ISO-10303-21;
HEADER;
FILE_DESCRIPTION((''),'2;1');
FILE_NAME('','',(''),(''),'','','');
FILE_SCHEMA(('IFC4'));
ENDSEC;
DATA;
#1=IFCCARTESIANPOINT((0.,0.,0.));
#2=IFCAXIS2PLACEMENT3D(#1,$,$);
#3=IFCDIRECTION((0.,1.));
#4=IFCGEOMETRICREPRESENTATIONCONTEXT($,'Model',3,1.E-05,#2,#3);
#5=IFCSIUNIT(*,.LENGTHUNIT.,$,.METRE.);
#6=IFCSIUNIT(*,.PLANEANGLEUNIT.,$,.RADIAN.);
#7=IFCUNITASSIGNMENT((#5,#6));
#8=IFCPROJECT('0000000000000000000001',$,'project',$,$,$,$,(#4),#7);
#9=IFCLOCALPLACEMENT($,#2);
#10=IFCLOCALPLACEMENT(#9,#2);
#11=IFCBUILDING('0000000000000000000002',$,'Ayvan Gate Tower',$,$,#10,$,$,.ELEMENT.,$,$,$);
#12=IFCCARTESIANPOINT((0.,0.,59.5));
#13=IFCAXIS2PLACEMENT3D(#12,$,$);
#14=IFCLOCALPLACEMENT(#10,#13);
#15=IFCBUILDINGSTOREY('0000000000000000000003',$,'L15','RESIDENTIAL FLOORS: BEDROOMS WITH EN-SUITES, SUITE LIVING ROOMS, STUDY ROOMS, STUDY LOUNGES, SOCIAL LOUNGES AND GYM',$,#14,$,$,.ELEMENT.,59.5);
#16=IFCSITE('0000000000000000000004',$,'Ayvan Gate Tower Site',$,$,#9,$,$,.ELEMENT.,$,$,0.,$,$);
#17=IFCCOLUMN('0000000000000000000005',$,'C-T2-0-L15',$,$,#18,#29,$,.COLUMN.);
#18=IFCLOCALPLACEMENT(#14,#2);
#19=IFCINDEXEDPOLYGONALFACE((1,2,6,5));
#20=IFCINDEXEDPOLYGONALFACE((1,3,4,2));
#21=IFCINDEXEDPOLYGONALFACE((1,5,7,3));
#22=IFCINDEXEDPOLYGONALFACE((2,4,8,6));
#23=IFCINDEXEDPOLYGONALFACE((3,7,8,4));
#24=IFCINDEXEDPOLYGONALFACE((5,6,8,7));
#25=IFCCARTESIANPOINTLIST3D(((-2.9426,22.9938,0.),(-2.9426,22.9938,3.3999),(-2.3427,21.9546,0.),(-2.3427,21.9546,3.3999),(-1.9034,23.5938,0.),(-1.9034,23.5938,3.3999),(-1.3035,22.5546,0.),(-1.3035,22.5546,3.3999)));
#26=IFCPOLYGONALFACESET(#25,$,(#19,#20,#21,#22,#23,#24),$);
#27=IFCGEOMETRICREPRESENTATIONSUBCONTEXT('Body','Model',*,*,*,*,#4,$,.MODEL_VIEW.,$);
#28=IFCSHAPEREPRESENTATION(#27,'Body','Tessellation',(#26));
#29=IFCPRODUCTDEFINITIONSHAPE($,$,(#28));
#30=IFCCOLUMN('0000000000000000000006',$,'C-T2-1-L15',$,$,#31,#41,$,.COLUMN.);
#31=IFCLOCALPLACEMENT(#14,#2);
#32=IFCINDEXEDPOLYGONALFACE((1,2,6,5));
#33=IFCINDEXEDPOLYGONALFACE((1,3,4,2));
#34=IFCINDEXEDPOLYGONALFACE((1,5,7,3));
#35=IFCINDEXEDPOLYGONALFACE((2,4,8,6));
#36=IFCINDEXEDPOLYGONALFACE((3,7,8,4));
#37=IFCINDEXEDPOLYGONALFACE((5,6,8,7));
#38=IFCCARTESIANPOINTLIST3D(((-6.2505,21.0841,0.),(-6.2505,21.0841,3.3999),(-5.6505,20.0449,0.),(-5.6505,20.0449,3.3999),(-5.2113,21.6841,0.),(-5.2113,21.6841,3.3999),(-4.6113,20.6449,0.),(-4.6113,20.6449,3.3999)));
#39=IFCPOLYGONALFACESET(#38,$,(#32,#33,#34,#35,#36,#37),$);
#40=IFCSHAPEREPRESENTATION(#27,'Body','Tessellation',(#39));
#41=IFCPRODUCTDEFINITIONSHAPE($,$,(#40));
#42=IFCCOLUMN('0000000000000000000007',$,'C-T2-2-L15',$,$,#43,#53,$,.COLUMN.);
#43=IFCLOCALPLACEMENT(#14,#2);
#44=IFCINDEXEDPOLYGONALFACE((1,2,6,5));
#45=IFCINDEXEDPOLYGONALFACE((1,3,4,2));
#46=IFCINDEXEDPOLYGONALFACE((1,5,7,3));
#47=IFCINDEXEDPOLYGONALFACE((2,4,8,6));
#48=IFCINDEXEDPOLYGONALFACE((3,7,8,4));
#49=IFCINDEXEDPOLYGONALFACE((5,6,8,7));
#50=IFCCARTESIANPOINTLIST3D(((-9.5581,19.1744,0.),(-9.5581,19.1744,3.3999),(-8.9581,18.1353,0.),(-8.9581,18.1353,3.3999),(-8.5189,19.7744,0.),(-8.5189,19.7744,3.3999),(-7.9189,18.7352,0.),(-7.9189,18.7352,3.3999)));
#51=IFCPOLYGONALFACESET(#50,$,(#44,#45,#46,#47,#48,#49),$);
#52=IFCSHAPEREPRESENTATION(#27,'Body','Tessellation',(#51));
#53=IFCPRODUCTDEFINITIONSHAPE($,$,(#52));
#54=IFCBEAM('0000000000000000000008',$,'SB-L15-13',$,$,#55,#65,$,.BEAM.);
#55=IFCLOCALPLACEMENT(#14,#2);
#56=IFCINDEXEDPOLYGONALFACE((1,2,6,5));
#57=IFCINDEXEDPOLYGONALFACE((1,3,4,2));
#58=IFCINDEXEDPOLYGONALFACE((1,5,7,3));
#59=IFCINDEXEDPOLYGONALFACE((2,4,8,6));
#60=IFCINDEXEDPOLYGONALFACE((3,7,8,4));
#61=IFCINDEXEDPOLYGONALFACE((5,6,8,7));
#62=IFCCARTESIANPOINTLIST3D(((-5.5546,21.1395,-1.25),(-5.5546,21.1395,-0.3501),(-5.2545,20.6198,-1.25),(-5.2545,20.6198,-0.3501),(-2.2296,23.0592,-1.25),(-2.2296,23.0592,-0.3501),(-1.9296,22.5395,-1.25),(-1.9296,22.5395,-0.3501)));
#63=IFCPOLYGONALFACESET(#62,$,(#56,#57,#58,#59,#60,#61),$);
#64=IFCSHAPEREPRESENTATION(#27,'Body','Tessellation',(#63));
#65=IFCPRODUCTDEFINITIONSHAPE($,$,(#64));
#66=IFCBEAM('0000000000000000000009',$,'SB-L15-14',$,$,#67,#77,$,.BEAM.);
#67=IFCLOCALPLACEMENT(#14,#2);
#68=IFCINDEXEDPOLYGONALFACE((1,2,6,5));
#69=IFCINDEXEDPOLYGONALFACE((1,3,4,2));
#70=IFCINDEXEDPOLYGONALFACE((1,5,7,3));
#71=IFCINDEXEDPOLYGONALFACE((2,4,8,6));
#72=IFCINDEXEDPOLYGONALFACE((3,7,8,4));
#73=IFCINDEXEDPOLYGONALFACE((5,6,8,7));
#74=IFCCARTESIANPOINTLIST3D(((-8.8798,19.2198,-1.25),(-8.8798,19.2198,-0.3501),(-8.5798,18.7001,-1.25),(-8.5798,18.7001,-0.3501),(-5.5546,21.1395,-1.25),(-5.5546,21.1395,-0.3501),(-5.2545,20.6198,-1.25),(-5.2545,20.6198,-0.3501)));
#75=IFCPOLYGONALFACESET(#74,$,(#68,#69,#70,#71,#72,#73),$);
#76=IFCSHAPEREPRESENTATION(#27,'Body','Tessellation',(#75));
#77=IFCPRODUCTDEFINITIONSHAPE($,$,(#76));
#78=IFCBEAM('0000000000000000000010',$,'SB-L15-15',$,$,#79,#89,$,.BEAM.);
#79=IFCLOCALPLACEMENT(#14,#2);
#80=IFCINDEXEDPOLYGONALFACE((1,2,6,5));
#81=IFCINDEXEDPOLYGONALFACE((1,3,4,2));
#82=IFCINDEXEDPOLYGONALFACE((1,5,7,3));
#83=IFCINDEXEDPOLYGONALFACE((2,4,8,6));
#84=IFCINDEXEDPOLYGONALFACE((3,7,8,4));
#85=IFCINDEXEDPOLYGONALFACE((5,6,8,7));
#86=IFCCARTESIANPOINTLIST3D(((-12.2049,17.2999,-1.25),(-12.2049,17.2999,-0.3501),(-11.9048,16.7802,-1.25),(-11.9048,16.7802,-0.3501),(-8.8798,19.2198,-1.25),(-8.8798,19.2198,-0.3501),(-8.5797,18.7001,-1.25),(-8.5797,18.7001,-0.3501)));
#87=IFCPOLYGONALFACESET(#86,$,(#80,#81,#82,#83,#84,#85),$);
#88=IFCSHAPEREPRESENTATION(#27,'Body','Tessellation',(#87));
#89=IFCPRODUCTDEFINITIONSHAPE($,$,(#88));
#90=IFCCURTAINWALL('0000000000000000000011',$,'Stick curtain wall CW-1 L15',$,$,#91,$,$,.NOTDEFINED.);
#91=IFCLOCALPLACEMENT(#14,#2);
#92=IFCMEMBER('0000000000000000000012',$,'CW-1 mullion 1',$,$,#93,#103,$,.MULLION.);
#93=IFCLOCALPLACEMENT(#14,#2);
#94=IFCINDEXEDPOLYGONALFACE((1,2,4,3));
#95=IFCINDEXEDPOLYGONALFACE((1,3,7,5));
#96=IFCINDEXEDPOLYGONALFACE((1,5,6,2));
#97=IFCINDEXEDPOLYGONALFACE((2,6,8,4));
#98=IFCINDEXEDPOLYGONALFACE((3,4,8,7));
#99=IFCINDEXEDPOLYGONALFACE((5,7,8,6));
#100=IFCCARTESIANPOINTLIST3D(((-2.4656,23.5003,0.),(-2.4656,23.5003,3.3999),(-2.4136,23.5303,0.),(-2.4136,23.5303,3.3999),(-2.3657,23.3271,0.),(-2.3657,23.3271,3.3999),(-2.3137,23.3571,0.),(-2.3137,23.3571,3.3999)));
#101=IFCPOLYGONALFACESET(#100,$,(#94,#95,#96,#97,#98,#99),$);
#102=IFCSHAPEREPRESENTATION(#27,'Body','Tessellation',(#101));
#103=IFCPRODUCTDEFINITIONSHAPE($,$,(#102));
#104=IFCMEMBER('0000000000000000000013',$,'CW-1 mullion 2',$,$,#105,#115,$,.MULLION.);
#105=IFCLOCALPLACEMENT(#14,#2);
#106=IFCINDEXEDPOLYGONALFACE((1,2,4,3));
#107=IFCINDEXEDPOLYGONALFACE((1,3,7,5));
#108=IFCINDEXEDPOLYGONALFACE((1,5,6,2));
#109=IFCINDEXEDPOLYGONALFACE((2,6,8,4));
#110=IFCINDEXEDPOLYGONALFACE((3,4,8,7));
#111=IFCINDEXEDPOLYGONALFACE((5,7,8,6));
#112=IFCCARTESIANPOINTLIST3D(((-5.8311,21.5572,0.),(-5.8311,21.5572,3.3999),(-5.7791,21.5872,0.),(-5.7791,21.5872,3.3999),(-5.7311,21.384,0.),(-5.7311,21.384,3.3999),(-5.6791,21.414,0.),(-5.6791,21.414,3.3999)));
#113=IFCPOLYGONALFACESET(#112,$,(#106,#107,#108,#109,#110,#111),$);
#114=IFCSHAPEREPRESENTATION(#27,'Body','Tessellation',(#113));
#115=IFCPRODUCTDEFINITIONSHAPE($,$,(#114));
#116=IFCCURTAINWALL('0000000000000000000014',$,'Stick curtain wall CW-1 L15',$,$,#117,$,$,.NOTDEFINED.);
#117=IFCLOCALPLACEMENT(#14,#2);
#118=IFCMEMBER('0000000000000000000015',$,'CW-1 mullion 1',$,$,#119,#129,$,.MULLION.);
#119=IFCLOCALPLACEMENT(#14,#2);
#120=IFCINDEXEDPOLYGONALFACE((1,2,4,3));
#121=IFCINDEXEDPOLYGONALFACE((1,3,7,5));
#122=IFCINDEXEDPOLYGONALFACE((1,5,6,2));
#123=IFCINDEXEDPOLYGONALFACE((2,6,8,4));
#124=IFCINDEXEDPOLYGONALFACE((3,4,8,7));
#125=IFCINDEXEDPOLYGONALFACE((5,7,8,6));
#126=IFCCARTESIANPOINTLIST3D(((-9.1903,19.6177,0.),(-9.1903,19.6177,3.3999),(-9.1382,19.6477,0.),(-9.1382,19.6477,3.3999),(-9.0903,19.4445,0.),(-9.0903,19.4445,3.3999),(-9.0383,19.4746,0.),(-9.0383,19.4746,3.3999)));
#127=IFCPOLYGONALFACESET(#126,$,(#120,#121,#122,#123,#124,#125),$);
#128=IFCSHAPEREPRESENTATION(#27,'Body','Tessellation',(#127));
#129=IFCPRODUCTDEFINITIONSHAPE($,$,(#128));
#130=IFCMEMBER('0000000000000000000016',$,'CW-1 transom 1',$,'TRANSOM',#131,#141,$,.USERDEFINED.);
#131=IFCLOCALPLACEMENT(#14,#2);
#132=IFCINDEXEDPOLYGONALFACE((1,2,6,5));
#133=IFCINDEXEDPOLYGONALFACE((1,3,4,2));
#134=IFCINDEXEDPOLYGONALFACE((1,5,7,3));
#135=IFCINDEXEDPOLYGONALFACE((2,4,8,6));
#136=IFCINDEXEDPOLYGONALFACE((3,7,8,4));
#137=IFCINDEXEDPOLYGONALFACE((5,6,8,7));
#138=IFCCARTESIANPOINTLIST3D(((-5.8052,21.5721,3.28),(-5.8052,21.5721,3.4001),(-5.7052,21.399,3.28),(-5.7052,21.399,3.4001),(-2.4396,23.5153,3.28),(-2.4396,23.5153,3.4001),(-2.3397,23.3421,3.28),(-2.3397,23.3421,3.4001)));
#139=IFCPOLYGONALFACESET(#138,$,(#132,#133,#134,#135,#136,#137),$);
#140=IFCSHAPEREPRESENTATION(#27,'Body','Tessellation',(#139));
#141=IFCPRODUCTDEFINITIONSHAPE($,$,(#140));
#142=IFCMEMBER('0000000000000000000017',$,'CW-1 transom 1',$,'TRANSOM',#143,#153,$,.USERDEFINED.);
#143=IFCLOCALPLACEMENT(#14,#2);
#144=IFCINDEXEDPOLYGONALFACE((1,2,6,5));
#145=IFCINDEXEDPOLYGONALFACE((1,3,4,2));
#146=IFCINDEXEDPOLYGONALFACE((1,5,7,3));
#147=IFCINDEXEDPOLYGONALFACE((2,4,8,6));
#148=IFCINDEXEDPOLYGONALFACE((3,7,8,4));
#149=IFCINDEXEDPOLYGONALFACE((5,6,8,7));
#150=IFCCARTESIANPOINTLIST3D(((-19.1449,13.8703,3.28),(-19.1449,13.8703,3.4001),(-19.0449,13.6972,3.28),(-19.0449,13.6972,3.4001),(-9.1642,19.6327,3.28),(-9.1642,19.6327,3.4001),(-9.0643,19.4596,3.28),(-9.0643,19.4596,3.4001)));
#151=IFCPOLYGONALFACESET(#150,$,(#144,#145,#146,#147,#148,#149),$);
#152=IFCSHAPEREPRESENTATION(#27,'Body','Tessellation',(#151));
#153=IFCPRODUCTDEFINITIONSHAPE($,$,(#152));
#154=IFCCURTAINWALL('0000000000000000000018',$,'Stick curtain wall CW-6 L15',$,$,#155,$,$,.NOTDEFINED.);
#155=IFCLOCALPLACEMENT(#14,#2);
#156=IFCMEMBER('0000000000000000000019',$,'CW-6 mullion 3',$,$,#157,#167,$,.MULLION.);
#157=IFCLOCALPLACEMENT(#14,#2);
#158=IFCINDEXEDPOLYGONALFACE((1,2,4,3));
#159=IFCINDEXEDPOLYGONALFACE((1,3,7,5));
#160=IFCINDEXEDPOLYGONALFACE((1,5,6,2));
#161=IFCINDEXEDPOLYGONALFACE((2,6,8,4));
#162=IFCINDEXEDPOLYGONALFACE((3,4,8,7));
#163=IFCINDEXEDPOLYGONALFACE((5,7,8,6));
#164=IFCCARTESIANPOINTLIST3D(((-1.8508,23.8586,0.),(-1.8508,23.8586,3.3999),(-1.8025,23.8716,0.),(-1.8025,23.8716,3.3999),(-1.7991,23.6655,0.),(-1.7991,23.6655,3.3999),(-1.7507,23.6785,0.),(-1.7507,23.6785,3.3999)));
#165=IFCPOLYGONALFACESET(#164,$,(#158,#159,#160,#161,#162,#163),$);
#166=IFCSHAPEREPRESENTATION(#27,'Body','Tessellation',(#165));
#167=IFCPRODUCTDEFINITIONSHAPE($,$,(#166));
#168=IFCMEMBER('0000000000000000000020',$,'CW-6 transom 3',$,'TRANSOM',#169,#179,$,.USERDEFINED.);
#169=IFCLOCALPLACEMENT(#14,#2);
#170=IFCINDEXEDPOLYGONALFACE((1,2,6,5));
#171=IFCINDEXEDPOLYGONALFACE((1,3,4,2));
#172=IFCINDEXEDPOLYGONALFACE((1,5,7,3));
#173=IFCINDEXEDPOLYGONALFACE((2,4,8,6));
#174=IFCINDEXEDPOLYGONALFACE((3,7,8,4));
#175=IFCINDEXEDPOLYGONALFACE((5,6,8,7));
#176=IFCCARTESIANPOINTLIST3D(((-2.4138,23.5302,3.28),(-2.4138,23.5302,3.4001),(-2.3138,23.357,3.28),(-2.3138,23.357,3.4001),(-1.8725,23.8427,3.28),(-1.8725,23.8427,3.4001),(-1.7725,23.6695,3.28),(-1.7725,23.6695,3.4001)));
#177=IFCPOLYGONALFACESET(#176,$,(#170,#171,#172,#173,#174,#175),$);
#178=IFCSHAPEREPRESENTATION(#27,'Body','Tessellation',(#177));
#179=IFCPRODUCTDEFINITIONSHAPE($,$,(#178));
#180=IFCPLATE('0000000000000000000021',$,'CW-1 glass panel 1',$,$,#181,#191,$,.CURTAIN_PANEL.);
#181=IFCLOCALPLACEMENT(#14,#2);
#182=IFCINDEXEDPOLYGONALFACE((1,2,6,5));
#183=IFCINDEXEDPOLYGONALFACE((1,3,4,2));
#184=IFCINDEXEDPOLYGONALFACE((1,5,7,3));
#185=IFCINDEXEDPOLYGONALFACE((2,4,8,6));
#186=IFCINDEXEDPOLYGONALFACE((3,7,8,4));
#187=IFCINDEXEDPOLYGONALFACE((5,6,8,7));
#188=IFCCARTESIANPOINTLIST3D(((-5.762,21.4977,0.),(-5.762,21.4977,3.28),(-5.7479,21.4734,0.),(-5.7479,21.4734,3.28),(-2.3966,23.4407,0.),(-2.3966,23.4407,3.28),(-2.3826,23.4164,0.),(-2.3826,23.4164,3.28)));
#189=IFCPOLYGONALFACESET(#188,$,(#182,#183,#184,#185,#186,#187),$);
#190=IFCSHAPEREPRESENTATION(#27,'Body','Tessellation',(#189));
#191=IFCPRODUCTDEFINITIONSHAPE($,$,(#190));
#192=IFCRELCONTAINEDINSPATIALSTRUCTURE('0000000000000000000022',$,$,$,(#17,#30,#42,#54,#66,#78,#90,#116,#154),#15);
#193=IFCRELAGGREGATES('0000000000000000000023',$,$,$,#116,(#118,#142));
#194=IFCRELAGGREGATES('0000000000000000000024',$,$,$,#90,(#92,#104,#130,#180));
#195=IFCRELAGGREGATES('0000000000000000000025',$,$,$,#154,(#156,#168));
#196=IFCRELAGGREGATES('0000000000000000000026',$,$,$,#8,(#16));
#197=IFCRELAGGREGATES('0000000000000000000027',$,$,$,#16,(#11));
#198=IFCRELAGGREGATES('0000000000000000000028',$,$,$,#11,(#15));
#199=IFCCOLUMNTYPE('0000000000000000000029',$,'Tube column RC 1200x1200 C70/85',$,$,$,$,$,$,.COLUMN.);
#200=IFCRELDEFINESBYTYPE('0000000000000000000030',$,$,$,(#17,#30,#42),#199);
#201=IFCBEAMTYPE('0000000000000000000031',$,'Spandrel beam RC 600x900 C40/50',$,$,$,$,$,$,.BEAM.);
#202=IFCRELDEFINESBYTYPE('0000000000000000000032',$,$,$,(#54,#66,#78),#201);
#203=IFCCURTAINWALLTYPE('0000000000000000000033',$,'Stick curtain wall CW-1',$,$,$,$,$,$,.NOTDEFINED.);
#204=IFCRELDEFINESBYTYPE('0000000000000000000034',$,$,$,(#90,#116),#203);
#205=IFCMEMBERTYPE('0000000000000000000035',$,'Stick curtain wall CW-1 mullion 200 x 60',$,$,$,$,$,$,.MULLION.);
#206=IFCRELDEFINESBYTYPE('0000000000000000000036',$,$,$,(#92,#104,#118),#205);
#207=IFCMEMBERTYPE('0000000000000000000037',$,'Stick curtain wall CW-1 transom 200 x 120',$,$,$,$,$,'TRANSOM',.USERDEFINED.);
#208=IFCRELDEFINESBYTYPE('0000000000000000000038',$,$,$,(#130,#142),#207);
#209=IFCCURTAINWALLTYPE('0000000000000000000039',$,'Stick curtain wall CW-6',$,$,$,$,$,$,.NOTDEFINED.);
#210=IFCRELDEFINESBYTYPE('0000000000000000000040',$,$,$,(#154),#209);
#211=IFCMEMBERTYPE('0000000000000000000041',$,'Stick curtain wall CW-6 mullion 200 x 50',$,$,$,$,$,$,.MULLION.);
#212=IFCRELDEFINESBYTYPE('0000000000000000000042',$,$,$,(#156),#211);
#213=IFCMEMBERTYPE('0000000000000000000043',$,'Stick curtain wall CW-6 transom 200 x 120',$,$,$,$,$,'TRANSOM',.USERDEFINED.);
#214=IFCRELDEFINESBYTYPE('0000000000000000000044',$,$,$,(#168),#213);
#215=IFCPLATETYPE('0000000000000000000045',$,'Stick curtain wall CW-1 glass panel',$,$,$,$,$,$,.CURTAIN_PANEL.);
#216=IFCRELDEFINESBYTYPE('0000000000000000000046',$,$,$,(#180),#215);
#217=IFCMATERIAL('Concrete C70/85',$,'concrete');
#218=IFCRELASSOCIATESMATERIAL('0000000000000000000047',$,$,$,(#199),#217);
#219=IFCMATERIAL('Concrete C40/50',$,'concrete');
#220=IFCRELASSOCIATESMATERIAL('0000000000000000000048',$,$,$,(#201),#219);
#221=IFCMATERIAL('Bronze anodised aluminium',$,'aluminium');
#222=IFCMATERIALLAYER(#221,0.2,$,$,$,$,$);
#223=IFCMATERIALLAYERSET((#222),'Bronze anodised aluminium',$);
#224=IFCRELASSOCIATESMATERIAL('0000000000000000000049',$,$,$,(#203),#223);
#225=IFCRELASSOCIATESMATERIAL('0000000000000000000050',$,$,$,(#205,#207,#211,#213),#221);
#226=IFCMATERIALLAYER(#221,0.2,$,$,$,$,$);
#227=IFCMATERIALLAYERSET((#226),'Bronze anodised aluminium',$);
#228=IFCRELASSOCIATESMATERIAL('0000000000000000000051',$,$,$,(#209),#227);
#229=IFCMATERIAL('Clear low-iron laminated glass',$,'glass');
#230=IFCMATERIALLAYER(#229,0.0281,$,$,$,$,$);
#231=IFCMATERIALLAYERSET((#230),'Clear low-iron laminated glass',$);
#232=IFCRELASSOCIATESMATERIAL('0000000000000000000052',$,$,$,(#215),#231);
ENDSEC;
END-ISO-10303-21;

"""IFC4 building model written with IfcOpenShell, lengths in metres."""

from ifc_helpers import new_model, si_unit, direction, frame, origin, origin_2d, place, context, subcontext, project, spatial, rectangle, extrude, material, layer, layer_set, material_profile, profile_set, type_object, element, aggregate, save


model = new_model("IFC4")

# Units and contexts
model_context = context("Model", 3, precision=1e-05, world=origin(), true_north=direction((0.0, 1.0)))
body_context = subcontext(model_context, "Body", "Model", "MODEL_VIEW")
ifc_project = project(units=[si_unit("LENGTHUNIT", "METRE"), si_unit("PLANEANGLEUNIT", "RADIAN")], contexts=[model_context])

# Site, building, storey
site_placement = place(None, origin())
site = spatial("IfcSite", under=ifc_project, at=site_placement, Name="Ayvan Gate Tower Site", CompositionType="ELEMENT", RefElevation=0.0)
building_placement = place(site_placement, origin())
building = spatial("IfcBuilding", under=site, at=building_placement, Name="Ayvan Gate Tower", CompositionType="ELEMENT")
storey_placement = place(building_placement, frame((0.0, 0.0, 59.5)))
storey = spatial("IfcBuildingStorey", under=building, at=storey_placement, Name="L15", Description="RESIDENTIAL FLOORS: BEDROOMS WITH EN-SUITES, SUITE LIVING ROOMS, STUDY ROOMS, STUDY LOUNGES, SOCIAL LOUNGES AND GYM", CompositionType="ELEMENT", Elevation=59.5)

# Columns
ifc_material_1 = material(Name="Concrete C70/85", Category="concrete")
ifc_material_profile_1 = material_profile(ifc_material_1, rectangle(XDim=1.2, YDim=1.2, at=origin_2d()), Name="RC 1200x1200")
ifc_profile_set_1 = profile_set([ifc_material_profile_1], Name="Concrete C70/85")
column_type = type_object("IfcColumnType", Name="Tube column RC 1200x1200 C70/85", PredefinedType="COLUMN", material=ifc_profile_set_1)
for number, where, z_axis, x_axis, name in (
    (1, (-2.123, 22.7742, 0.0), (0.0, 0.0, 1.0), (-0.5, 0.866025, 0.0), "C-T2-0-L15"),
    (2, (-5.4309, 20.8645, 0.0), (0.0, 0.0, 1.0), (-0.5, 0.866025, 0.0), "C-T2-1-L15"),
    (3, (-8.7385, 18.9548, 0.0), (0.0, 0.0, 1.0), (-0.5, 0.866025, 0.0), "C-T2-2-L15"),
):
    element("IfcColumn", number, at=place(storey_placement, frame(where, z_axis=z_axis, x_axis=x_axis)), inside=storey, type_object=column_type, Name=name, PredefinedType="COLUMN", context=body_context, shape_type="SweptSolid", body=[
        extrude(rectangle(XDim=1.2, YDim=1.2, at=origin_2d()), origin(), (0.0, 0.0, 1.0), 3.3999),
    ])

# Beams
ifc_material_2 = material(Name="Concrete C40/50", Category="concrete")
ifc_material_profile_2 = material_profile(ifc_material_2, rectangle(XDim=0.6001, YDim=0.8999, at=origin_2d()), Name="RC 600x900")
ifc_profile_set_2 = profile_set([ifc_material_profile_2], Name="Concrete C40/50")
beam_type = type_object("IfcBeamType", Name="Spandrel beam RC 600x900 C40/50", PredefinedType="BEAM", material=ifc_profile_set_2)
beam_placement = place(storey_placement, frame((-2.0796, 22.7993, -0.8), z_axis=(-0.866024, -0.500003, 0.0), x_axis=(0.500003, -0.866024, 0.0)))
element("IfcBeam", 4, at=beam_placement, inside=storey, type_object=beam_type, Name="SB-L15-13", PredefinedType="BEAM", context=body_context, shape_type="SweptSolid", body=[
    extrude(rectangle(XDim=0.6001, YDim=0.8999, at=origin_2d()), origin(), (0.0, 0.0, 1.0), 3.8394),
])
for number, where, z_axis, x_axis, name in (
    (5, (-5.4045, 20.8796, -0.8), (-0.866039, -0.499976, 0.0), (0.499976, -0.866039, 0.0), "SB-L15-14"),
    (6, (-8.7297, 18.96, -0.8), (-0.866012, -0.500023, 0.0), (0.500023, -0.866012, 0.0), "SB-L15-15"),
):
    element("IfcBeam", number, at=place(storey_placement, frame(where, z_axis=z_axis, x_axis=x_axis)), inside=storey, type_object=beam_type, Name=name, PredefinedType="BEAM", context=body_context, shape_type="SweptSolid", body=[
        extrude(rectangle(XDim=0.6001, YDim=0.8999, at=origin_2d()), origin(), (0.0, 0.0, 1.0), 3.8396),
    ])

# Curtain wall, members
ifc_material_3 = material(Name="Bronze anodised aluminium", Category="aluminium")
ifc_layer_1 = layer(ifc_material_3, 0.2)
ifc_layer_set_1 = layer_set([ifc_layer_1], Name="Bronze anodised aluminium")
curtain_wall_type_1 = type_object("IfcCurtainWallType", Name="Stick curtain wall CW-1", PredefinedType="NOTDEFINED", material=ifc_layer_set_1)
curtain_wall_1_placement = place(storey_placement, origin())
curtain_wall_1 = element("IfcCurtainWall", 7, at=curtain_wall_1_placement, inside=storey, type_object=curtain_wall_type_1, Name="Stick curtain wall CW-1 L15", PredefinedType="NOTDEFINED")
ifc_material_profile_3 = material_profile(ifc_material_3, rectangle(XDim=0.2, YDim=0.0601, at=origin_2d()), Name="Stick curtain wall CW-1 mullion 200 x 60")
ifc_profile_set_3 = profile_set([ifc_material_profile_3], Name="Bronze anodised aluminium")
member_type_1 = type_object("IfcMemberType", Name="Stick curtain wall CW-1 mullion 200 x 60", PredefinedType="MULLION", material=ifc_profile_set_3)
member_1_placement = place(storey_placement, frame((-2.3896, 23.4287, 0.0), z_axis=(0.0, 0.0, 1.0), x_axis=(-0.5, 0.866025, 0.0)))
member_1 = element("IfcMember", 8, at=member_1_placement, type_object=member_type_1, Name="CW-1 mullion 1", PredefinedType="MULLION", context=body_context, shape_type="SweptSolid", body=[
    extrude(rectangle(XDim=0.2, YDim=0.0601, at=origin_2d()), origin(), (0.0, 0.0, 1.0), 3.3999),
])
member_2_placement = place(storey_placement, frame((-5.7551, 21.4856, 0.0), z_axis=(0.0, 0.0, 1.0), x_axis=(-0.5, 0.866025, 0.0)))
member_2 = element("IfcMember", 9, at=member_2_placement, type_object=member_type_1, Name="CW-1 mullion 2", PredefinedType="MULLION", context=body_context, shape_type="SweptSolid", body=[
    extrude(rectangle(XDim=0.2, YDim=0.0601, at=origin_2d()), origin(), (0.0, 0.0, 1.0), 3.3999),
])

# Curtain wall, member
curtain_wall_2_placement = place(storey_placement, origin())
curtain_wall_2 = element("IfcCurtainWall", 10, at=curtain_wall_2_placement, inside=storey, type_object=curtain_wall_type_1, Name="Stick curtain wall CW-1 L15", PredefinedType="NOTDEFINED")
member_3_placement = place(storey_placement, frame((-9.1143, 19.5461, 0.0), z_axis=(0.0, 0.0, 1.0), x_axis=(-0.5, 0.866025, 0.0)))
member_3 = element("IfcMember", 11, at=member_3_placement, type_object=member_type_1, Name="CW-1 mullion 1", PredefinedType="MULLION", context=body_context, shape_type="SweptSolid", body=[
    extrude(rectangle(XDim=0.2, YDim=0.0601, at=origin_2d()), origin(), (0.0, 0.0, 1.0), 3.3999),
])

# Members
ifc_material_profile_4 = material_profile(ifc_material_3, rectangle(XDim=0.2, YDim=0.1201, at=origin_2d()), Name="Stick curtain wall CW-1 transom 200 x 120")
ifc_profile_set_4 = profile_set([ifc_material_profile_4], Name="Bronze anodised aluminium")
member_type_2 = type_object("IfcMemberType", Name="Stick curtain wall CW-1 transom 200 x 120", ElementType="TRANSOM", PredefinedType="USERDEFINED", material=ifc_profile_set_4)
member_4_placement = place(storey_placement, frame((-2.3896, 23.4287, 3.3401), z_axis=(-0.866019, -0.500011, 0.0), x_axis=(0.500011, -0.866019, 0.0)))
member_4 = element("IfcMember", 12, at=member_4_placement, type_object=member_type_2, Name="CW-1 transom 1", ObjectType="TRANSOM", PredefinedType="USERDEFINED", context=body_context, shape_type="SweptSolid", body=[
    extrude(rectangle(XDim=0.2, YDim=0.1201, at=origin_2d()), origin(), (0.0, 0.0, 1.0), 3.8862),
])
member_5_placement = place(storey_placement, frame((-9.1143, 19.5461, 3.3401), z_axis=(-0.866022, -0.500005, 0.0), x_axis=(0.500005, -0.866022, 0.0)))
member_5 = element("IfcMember", 13, at=member_5_placement, type_object=member_type_2, Name="CW-1 transom 1", ObjectType="TRANSOM", PredefinedType="USERDEFINED", context=body_context, shape_type="SweptSolid", body=[
    extrude(rectangle(XDim=0.2, YDim=0.1201, at=origin_2d()), origin(), (0.0, 0.0, 1.0), 11.5247),
])
aggregate(curtain_wall_2, [member_3, member_5])

# Curtain wall, members
ifc_layer_2 = layer(ifc_material_3, 0.2)
ifc_layer_set_2 = layer_set([ifc_layer_2], Name="Bronze anodised aluminium")
curtain_wall_type_2 = type_object("IfcCurtainWallType", Name="Stick curtain wall CW-6", PredefinedType="NOTDEFINED", material=ifc_layer_set_2)
curtain_wall_3_placement = place(storey_placement, origin())
curtain_wall_3 = element("IfcCurtainWall", 14, at=curtain_wall_3_placement, inside=storey, type_object=curtain_wall_type_2, Name="Stick curtain wall CW-6 L15", PredefinedType="NOTDEFINED")
ifc_material_profile_5 = material_profile(ifc_material_3, rectangle(XDim=0.2, YDim=0.05, at=origin_2d()), Name="Stick curtain wall CW-6 mullion 200 x 50")
ifc_profile_set_5 = profile_set([ifc_material_profile_5], Name="Bronze anodised aluminium")
member_type_3 = type_object("IfcMemberType", Name="Stick curtain wall CW-6 mullion 200 x 50", PredefinedType="MULLION", material=ifc_profile_set_5)
member_6_placement = place(storey_placement, frame((-1.8008, 23.7686, 0.0), z_axis=(0.0, 0.0, 1.0), x_axis=(-0.258819, 0.965926, 0.0)))
member_6 = element("IfcMember", 15, at=member_6_placement, type_object=member_type_3, Name="CW-6 mullion 3", PredefinedType="MULLION", context=body_context, shape_type="SweptSolid", body=[
    extrude(rectangle(XDim=0.2, YDim=0.05, at=origin_2d()), origin(), (0.0, 0.0, 1.0), 3.3999),
])
ifc_material_profile_6 = material_profile(ifc_material_3, rectangle(XDim=0.2, YDim=0.1201, at=origin_2d()), Name="Stick curtain wall CW-6 transom 200 x 120")
ifc_profile_set_6 = profile_set([ifc_material_profile_6], Name="Bronze anodised aluminium")
member_type_4 = type_object("IfcMemberType", Name="Stick curtain wall CW-6 transom 200 x 120", ElementType="TRANSOM", PredefinedType="USERDEFINED", material=ifc_profile_set_6)
member_7_placement = place(storey_placement, frame((-1.8225, 23.7561, 3.3401), z_axis=(-0.866023, -0.500004, 0.0), x_axis=(0.500004, -0.866023, 0.0)))
member_7 = element("IfcMember", 16, at=member_7_placement, type_object=member_type_4, Name="CW-6 transom 3", ObjectType="TRANSOM", PredefinedType="USERDEFINED", context=body_context, shape_type="SweptSolid", body=[
    extrude(rectangle(XDim=0.2, YDim=0.1201, at=origin_2d()), origin(), (0.0, 0.0, 1.0), 0.625),
])

# Plate
ifc_material_4 = material(Name="Clear low-iron laminated glass", Category="glass")
ifc_layer_3 = layer(ifc_material_4, 0.0281)
ifc_layer_set_3 = layer_set([ifc_layer_3], Name="Clear low-iron laminated glass")
plate_type_1 = type_object("IfcPlateType", Name="Stick curtain wall CW-1 glass panel", PredefinedType="CURTAIN_PANEL", material=ifc_layer_set_3)
plate_1_placement = place(storey_placement, frame((-4.0723, 22.457, 0.0), z_axis=(0.0, 0.0, 1.0), x_axis=(-0.866025, -0.5, 0.0)))
plate_1 = element("IfcPlate", 17, at=plate_1_placement, type_object=plate_type_1, Name="CW-1 glass panel 1", PredefinedType="CURTAIN_PANEL", context=body_context, shape_type="SweptSolid", body=[
    extrude(rectangle(XDim=3.886, YDim=0.0281, at=origin_2d()), origin(), (0.0, 0.0, 1.0), 3.28),
])
aggregate(curtain_wall_1, [member_1, member_2, member_4, plate_1])
aggregate(curtain_wall_3, [member_6, member_7])

save(model, "model.ifc")
